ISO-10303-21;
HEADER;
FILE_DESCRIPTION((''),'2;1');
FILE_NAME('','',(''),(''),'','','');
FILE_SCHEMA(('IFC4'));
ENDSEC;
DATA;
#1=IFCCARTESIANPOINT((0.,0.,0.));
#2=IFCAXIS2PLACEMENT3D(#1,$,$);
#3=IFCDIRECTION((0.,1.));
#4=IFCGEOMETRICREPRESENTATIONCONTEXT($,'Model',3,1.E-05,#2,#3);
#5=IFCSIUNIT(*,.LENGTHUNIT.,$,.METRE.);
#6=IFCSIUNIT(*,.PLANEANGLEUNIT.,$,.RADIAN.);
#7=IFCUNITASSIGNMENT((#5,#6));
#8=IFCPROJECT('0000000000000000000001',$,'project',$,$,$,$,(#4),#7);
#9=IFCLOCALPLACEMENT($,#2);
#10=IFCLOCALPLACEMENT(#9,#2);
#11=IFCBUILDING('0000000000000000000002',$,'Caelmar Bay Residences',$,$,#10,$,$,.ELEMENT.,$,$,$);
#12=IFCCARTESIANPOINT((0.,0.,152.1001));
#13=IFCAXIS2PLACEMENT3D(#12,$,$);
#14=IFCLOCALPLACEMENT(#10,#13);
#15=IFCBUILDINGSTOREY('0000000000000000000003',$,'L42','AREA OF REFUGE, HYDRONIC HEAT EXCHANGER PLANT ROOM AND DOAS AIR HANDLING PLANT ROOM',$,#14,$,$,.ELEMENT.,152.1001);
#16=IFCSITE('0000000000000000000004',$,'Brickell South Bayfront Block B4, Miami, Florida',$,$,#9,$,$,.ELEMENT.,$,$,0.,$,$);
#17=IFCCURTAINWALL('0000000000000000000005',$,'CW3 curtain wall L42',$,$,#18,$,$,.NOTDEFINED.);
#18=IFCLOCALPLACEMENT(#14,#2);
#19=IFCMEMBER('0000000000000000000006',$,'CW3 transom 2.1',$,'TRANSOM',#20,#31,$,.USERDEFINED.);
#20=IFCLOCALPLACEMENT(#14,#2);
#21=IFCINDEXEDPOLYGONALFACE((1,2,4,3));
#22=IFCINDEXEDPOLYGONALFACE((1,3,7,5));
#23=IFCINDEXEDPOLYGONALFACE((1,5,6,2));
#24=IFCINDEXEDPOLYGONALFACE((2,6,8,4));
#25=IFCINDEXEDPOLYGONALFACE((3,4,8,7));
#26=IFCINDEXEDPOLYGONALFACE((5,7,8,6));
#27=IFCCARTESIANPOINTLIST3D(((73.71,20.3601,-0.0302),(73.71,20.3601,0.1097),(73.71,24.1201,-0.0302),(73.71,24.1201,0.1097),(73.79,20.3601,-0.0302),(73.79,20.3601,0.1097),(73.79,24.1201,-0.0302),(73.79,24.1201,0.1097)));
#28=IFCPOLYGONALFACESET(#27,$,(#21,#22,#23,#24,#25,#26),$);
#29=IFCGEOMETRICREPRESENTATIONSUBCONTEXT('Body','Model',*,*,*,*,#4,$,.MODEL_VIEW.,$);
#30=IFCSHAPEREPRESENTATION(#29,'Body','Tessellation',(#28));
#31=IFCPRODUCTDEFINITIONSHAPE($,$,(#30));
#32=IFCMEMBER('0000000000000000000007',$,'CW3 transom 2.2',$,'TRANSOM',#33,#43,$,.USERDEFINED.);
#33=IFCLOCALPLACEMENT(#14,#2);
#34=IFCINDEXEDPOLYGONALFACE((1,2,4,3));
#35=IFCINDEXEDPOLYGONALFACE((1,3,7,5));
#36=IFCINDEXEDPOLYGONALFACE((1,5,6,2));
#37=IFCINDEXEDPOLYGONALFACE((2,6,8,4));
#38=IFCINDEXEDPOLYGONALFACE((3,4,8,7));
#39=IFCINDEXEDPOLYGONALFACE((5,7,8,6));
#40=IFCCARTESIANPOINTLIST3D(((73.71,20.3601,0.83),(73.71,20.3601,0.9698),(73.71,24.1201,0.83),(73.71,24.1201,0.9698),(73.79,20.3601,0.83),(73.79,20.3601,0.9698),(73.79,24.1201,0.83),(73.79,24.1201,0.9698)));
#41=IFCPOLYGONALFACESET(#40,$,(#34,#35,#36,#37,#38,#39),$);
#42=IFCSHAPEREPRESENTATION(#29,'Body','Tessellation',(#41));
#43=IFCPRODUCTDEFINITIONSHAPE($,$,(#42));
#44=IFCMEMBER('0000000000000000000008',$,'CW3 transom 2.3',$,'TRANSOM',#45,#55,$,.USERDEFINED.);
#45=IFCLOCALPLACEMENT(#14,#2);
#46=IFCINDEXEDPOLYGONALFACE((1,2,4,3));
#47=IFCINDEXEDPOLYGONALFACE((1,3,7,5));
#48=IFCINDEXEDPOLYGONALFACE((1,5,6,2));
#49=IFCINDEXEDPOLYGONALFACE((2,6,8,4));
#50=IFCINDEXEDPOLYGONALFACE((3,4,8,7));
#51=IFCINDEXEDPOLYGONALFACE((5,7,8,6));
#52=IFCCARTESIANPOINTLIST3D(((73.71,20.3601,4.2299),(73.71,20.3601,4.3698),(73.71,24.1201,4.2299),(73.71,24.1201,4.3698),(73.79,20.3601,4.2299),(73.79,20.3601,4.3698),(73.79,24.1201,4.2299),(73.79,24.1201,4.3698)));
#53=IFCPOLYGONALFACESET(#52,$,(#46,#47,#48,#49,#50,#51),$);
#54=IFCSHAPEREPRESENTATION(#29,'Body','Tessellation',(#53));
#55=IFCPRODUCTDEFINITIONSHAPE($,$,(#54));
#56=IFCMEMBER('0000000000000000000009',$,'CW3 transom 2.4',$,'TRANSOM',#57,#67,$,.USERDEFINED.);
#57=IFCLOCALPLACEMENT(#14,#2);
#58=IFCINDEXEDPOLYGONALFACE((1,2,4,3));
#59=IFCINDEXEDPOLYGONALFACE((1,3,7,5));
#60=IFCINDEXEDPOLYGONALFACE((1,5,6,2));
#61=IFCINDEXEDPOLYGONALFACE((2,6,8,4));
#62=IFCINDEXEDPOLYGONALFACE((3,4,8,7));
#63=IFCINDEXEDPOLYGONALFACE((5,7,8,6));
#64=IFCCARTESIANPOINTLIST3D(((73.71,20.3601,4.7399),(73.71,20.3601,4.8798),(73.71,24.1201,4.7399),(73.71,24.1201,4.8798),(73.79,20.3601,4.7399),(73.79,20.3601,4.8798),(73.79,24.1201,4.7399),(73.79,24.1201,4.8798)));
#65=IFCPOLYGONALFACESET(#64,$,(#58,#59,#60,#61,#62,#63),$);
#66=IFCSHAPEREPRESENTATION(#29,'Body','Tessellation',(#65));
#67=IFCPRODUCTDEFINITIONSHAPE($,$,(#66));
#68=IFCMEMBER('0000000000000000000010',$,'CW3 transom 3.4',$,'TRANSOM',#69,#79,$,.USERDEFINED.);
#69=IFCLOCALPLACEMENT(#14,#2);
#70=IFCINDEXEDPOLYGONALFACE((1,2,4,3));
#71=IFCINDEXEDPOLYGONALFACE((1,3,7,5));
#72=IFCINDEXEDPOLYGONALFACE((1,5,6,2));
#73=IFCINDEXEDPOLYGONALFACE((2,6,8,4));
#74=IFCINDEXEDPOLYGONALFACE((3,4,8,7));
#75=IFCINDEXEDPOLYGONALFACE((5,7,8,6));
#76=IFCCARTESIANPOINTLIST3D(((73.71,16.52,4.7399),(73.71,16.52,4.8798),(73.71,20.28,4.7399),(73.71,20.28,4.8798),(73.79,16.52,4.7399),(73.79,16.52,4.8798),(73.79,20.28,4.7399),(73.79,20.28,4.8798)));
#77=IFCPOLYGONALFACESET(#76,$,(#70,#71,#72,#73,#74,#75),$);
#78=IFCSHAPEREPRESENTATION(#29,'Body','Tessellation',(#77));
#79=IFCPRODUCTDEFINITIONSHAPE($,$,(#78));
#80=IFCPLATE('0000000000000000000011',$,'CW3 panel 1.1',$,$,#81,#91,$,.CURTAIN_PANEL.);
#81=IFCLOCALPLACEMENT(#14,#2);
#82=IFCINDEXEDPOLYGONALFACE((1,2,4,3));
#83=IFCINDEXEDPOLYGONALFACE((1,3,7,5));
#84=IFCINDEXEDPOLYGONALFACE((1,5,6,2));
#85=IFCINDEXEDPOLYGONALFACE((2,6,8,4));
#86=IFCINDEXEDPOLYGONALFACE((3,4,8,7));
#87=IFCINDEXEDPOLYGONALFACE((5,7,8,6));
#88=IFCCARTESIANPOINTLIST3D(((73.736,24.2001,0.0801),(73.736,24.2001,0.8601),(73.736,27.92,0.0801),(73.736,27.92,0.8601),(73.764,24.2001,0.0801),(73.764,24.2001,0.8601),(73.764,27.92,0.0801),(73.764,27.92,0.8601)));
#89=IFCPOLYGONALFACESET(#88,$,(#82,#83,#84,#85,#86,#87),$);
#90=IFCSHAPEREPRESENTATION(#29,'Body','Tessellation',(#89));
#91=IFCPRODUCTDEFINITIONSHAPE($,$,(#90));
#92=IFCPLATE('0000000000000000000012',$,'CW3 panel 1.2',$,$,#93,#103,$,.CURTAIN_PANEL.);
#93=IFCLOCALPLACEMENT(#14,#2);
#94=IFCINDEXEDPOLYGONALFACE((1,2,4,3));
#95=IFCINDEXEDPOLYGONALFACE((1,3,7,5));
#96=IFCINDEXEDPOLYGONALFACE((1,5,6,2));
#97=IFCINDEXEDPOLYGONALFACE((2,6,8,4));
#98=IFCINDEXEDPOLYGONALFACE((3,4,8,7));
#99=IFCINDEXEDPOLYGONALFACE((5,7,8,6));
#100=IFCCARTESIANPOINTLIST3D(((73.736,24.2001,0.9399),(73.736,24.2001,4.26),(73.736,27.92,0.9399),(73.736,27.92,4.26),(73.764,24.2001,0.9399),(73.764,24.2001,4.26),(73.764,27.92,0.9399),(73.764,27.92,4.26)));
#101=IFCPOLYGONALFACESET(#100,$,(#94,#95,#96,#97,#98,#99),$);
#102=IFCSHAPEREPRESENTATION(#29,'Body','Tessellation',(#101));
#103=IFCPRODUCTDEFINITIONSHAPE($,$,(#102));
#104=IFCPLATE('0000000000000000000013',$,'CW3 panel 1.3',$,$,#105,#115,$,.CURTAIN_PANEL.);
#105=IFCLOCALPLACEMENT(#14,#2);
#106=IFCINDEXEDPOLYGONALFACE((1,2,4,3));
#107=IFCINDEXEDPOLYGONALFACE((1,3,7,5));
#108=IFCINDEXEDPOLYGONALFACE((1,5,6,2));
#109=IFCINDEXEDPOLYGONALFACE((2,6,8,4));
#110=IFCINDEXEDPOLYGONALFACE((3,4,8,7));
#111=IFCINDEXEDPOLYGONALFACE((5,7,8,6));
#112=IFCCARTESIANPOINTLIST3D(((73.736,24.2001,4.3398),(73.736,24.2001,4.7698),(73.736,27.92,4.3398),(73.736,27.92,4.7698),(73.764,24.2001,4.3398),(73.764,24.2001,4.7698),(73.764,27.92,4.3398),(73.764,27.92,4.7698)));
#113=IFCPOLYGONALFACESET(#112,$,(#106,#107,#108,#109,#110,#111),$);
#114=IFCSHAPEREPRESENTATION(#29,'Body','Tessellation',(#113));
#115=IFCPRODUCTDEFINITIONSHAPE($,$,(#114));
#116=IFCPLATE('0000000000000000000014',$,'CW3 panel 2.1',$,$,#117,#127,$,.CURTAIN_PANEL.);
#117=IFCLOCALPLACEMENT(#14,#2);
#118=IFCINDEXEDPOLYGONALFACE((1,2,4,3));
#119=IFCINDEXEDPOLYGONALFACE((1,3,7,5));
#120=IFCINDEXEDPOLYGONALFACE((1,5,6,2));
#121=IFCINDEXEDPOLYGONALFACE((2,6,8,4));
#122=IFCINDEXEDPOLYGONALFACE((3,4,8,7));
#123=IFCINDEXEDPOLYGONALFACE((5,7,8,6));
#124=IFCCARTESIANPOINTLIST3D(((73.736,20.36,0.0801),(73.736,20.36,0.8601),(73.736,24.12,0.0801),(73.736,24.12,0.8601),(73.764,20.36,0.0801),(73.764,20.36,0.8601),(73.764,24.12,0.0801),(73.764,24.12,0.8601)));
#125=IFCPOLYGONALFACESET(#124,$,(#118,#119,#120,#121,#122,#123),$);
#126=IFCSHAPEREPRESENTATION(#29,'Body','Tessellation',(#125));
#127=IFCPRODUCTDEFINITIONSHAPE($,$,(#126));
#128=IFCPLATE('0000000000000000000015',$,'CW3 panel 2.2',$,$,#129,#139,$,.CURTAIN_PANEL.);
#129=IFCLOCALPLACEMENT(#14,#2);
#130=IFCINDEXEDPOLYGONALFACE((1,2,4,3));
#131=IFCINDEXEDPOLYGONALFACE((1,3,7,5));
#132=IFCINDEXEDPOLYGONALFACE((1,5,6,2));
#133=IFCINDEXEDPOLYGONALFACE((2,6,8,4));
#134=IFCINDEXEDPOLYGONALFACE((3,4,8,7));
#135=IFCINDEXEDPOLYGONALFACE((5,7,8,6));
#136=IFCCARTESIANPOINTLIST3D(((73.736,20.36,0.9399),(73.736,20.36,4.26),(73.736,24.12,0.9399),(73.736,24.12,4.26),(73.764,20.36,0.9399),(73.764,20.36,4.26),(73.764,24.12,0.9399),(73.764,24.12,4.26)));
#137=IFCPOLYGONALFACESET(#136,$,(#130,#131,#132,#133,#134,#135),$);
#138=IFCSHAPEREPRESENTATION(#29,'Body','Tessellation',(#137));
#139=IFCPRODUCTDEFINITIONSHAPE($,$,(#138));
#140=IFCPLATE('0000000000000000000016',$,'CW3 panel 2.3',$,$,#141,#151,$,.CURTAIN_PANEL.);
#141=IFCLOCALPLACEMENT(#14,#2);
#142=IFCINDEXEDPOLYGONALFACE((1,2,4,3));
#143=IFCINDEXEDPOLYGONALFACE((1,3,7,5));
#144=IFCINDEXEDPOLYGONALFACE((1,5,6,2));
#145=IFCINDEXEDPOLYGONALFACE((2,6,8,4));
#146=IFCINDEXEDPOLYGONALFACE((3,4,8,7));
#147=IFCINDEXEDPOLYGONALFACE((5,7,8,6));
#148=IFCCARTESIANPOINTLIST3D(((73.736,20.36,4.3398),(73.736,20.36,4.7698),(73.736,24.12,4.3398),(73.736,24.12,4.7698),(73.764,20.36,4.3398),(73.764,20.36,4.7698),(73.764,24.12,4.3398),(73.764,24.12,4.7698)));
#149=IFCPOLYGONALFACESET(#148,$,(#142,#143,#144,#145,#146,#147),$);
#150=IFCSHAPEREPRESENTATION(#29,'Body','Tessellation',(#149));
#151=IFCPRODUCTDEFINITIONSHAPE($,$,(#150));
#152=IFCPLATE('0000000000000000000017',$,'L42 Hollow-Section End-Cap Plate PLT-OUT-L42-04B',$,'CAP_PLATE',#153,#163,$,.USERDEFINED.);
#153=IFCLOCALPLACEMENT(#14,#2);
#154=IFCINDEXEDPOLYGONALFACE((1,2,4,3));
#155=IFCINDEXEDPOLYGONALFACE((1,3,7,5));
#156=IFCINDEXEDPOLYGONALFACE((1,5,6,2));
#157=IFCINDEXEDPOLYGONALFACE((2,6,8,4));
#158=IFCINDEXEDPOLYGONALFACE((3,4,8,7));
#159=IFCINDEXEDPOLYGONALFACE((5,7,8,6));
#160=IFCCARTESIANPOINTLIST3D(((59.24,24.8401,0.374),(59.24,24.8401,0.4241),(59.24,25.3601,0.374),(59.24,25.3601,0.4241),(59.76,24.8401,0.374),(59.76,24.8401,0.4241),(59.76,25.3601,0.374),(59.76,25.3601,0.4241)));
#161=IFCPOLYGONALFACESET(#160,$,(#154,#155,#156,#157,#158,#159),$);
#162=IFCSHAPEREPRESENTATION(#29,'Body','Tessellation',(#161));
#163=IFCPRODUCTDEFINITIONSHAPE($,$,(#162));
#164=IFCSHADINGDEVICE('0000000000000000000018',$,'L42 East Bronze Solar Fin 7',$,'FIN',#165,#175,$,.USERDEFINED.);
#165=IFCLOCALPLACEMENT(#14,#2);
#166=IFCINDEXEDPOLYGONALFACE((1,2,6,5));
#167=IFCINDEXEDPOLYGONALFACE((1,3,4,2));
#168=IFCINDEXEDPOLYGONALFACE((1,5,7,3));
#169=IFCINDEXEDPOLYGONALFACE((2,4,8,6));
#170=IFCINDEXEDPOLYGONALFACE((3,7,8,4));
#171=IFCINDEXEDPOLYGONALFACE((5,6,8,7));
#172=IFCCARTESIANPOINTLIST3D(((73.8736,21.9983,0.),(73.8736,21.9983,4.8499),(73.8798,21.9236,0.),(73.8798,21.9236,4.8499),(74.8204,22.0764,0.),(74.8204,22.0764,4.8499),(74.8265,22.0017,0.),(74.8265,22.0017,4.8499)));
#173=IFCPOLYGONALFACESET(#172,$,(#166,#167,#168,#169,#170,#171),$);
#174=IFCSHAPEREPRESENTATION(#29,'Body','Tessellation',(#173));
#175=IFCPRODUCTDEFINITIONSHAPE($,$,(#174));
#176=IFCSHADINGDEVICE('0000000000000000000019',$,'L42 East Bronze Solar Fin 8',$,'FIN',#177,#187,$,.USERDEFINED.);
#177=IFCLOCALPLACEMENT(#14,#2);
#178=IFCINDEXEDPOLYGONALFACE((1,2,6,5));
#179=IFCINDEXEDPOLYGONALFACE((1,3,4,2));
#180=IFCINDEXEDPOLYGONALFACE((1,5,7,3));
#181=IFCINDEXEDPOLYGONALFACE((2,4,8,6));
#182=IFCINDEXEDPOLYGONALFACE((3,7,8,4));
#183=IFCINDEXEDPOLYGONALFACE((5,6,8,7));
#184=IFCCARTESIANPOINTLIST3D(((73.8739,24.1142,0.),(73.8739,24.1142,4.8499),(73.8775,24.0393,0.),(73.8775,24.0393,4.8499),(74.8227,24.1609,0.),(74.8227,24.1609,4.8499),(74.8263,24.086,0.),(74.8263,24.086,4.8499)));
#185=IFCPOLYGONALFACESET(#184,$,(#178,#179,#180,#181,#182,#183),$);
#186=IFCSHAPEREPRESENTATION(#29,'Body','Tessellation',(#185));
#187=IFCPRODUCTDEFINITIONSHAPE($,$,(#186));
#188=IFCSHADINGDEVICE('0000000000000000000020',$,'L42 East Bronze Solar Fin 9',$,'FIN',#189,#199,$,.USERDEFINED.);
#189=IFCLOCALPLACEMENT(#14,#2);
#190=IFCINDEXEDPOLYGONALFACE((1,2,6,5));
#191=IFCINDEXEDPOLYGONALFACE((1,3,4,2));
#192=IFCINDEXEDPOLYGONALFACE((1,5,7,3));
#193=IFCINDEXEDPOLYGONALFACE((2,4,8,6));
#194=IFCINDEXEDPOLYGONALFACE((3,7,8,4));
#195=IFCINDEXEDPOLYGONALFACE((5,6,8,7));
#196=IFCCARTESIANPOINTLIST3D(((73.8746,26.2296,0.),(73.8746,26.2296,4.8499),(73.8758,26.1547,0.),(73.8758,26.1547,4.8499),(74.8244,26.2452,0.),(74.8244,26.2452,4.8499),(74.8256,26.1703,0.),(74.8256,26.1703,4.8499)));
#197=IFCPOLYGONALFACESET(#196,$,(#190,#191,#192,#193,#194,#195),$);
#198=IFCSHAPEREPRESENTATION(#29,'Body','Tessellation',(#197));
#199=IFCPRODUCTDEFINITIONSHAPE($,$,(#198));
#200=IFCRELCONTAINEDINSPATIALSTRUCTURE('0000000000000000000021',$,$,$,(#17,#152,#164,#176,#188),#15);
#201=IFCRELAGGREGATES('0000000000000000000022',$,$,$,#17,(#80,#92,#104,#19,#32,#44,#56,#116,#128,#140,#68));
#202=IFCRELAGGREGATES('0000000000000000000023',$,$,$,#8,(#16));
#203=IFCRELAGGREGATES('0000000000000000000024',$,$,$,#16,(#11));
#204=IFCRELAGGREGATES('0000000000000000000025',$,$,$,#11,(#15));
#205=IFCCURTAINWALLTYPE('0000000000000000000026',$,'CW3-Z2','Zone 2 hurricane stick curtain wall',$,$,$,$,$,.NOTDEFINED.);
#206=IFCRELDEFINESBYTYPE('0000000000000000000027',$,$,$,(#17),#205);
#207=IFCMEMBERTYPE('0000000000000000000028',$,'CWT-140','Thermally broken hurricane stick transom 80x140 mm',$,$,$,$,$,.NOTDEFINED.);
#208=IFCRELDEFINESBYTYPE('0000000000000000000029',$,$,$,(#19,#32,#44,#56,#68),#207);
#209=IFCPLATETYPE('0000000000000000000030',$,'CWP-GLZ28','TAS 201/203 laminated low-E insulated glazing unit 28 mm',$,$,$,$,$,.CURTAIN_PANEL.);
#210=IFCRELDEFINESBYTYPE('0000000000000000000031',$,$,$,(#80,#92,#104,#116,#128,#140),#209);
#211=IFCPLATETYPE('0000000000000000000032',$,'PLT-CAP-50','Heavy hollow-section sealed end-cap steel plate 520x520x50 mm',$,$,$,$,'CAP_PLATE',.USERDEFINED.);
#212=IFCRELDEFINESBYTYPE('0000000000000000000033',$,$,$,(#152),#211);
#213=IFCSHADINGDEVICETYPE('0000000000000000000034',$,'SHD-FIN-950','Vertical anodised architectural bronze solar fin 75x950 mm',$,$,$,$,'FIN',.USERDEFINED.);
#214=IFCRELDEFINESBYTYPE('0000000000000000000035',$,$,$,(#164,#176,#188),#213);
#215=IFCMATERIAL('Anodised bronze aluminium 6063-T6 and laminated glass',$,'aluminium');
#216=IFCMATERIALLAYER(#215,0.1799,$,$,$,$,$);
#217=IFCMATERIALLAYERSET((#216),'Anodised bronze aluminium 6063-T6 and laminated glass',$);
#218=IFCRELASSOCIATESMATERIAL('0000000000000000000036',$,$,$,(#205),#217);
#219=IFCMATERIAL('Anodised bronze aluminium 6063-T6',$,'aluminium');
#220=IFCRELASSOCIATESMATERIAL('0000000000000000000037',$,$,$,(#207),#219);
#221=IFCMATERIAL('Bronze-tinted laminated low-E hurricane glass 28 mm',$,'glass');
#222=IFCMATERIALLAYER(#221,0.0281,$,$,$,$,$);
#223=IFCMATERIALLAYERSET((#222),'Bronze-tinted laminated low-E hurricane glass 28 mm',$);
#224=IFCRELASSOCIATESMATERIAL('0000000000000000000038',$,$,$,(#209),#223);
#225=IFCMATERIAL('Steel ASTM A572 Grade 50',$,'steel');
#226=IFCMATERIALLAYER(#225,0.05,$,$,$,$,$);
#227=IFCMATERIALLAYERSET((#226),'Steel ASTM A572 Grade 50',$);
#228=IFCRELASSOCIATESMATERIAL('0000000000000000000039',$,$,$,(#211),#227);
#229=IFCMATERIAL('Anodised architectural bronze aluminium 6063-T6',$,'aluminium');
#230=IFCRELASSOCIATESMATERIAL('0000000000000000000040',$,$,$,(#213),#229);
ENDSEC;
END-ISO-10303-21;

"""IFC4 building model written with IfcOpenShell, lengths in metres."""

from ifc_helpers import new_model, si_unit, direction, frame, origin, origin_2d, place, context, subcontext, project, spatial, rectangle, extrude, material, layer, layer_set, material_profile, profile_set, type_object, element, aggregate, save


model = new_model("IFC4")

# Units and contexts
model_context = context("Model", 3, precision=1e-05, world=origin(), true_north=direction((0.0, 1.0)))
body_context = subcontext(model_context, "Body", "Model", "MODEL_VIEW")
ifc_project = project(units=[si_unit("LENGTHUNIT", "METRE"), si_unit("PLANEANGLEUNIT", "RADIAN")], contexts=[model_context])

# Site, building, storey
site_placement = place(None, origin())
site = spatial("IfcSite", under=ifc_project, at=site_placement, Name="Brickell South Bayfront Block B4, Miami, Florida", CompositionType="ELEMENT", RefElevation=0.0)
building_placement = place(site_placement, origin())
building = spatial("IfcBuilding", under=site, at=building_placement, Name="Caelmar Bay Residences", CompositionType="ELEMENT")
storey_placement = place(building_placement, frame((0.0, 0.0, 152.1001)))
storey = spatial("IfcBuildingStorey", under=building, at=storey_placement, Name="L42", Description="AREA OF REFUGE, HYDRONIC HEAT EXCHANGER PLANT ROOM AND DOAS AIR HANDLING PLANT ROOM", CompositionType="ELEMENT", Elevation=152.1001)

# Curtain wall, members, plates
ifc_material_1 = material(Name="Anodised bronze aluminium 6063-T6 and laminated glass", Category="aluminium")
ifc_layer_1 = layer(ifc_material_1, 0.1799)
ifc_layer_set_1 = layer_set([ifc_layer_1], Name="Anodised bronze aluminium 6063-T6 and laminated glass")
curtain_wall_type = type_object("IfcCurtainWallType", Name="CW3-Z2", Description="Zone 2 hurricane stick curtain wall", PredefinedType="NOTDEFINED", material=ifc_layer_set_1)
curtain_wall_placement = place(storey_placement, origin())
curtain_wall = element("IfcCurtainWall", 1, at=curtain_wall_placement, inside=storey, type_object=curtain_wall_type, Name="CW3 curtain wall L42", PredefinedType="NOTDEFINED")
ifc_material_2 = material(Name="Anodised bronze aluminium 6063-T6", Category="aluminium")
ifc_material_profile_1 = material_profile(ifc_material_2, rectangle(XDim=0.0801, YDim=0.1399, at=origin_2d()), Name="CWT-80X140")
ifc_profile_set_1 = profile_set([ifc_material_profile_1], Name="Anodised bronze aluminium 6063-T6")
member_type_1 = type_object("IfcMemberType", Name="CWT-140", Description="Thermally broken hurricane stick transom 80x140 mm", PredefinedType="NOTDEFINED", material=ifc_profile_set_1)
member_1_placement = place(storey_placement, frame((73.75, 24.1201, 0.0398), z_axis=(0.0, -1.0, 0.0), x_axis=(1.0, 0.0, 0.0)))
member_1 = element("IfcMember", 2, at=member_1_placement, type_object=member_type_1, Name="CW3 transom 2.1", ObjectType="TRANSOM", PredefinedType="USERDEFINED", context=body_context, shape_type="SweptSolid", body=[
    extrude(rectangle(XDim=0.0801, YDim=0.1399, at=origin_2d()), origin(), (0.0, 0.0, 1.0), 3.76),
])
member_2_placement = place(storey_placement, frame((73.75, 24.1201, 0.8999), z_axis=(0.0, -1.0, 0.0), x_axis=(1.0, 0.0, 0.0)))
member_2 = element("IfcMember", 3, at=member_2_placement, type_object=member_type_1, Name="CW3 transom 2.2", ObjectType="TRANSOM", PredefinedType="USERDEFINED", context=body_context, shape_type="SweptSolid", body=[
    extrude(rectangle(XDim=0.0801, YDim=0.1399, at=origin_2d()), origin(), (0.0, 0.0, 1.0), 3.76),
])
member_3_placement = place(storey_placement, frame((73.75, 24.1201, 4.2998), z_axis=(0.0, -1.0, 0.0), x_axis=(1.0, 0.0, 0.0)))
member_3 = element("IfcMember", 4, at=member_3_placement, type_object=member_type_1, Name="CW3 transom 2.3", ObjectType="TRANSOM", PredefinedType="USERDEFINED", context=body_context, shape_type="SweptSolid", body=[
    extrude(rectangle(XDim=0.0801, YDim=0.1399, at=origin_2d()), origin(), (0.0, 0.0, 1.0), 3.76),
])
member_4_placement = place(storey_placement, frame((73.75, 24.1201, 4.8098), z_axis=(0.0, -1.0, 0.0), x_axis=(1.0, 0.0, 0.0)))
member_4 = element("IfcMember", 5, at=member_4_placement, type_object=member_type_1, Name="CW3 transom 2.4", ObjectType="TRANSOM", PredefinedType="USERDEFINED", context=body_context, shape_type="SweptSolid", body=[
    extrude(rectangle(XDim=0.0801, YDim=0.1399, at=origin_2d()), origin(), (0.0, 0.0, 1.0), 3.76),
])
member_5_placement = place(storey_placement, frame((73.75, 20.28, 4.8098), z_axis=(0.0, -1.0, 0.0), x_axis=(1.0, 0.0, 0.0)))
member_5 = element("IfcMember", 6, at=member_5_placement, type_object=member_type_1, Name="CW3 transom 3.4", ObjectType="TRANSOM", PredefinedType="USERDEFINED", context=body_context, shape_type="SweptSolid", body=[
    extrude(rectangle(XDim=0.0801, YDim=0.1399, at=origin_2d()), origin(), (0.0, 0.0, 1.0), 3.76),
])
ifc_material_3 = material(Name="Bronze-tinted laminated low-E hurricane glass 28 mm", Category="glass")
ifc_layer_2 = layer(ifc_material_3, 0.0281)
ifc_layer_set_2 = layer_set([ifc_layer_2], Name="Bronze-tinted laminated low-E hurricane glass 28 mm")
plate_type_1 = type_object("IfcPlateType", Name="CWP-GLZ28", Description="TAS 201/203 laminated low-E insulated glazing unit 28 mm", PredefinedType="CURTAIN_PANEL", material=ifc_layer_set_2)
plate_1_placement = place(storey_placement, frame((73.75, 26.0601, 0.0801), z_axis=(0.0, 0.0, 1.0), x_axis=(0.0, -1.0, 0.0)))
plate_1 = element("IfcPlate", 7, at=plate_1_placement, type_object=plate_type_1, Name="CW3 panel 1.1", PredefinedType="CURTAIN_PANEL", context=body_context, shape_type="SweptSolid", body=[
    extrude(rectangle(XDim=3.72, YDim=0.0281, at=origin_2d()), origin(), (0.0, 0.0, 1.0), 0.78),
])
plate_2_placement = place(storey_placement, frame((73.75, 26.0601, 0.9399), z_axis=(0.0, 0.0, 1.0), x_axis=(0.0, -1.0, 0.0)))
plate_2 = element("IfcPlate", 8, at=plate_2_placement, type_object=plate_type_1, Name="CW3 panel 1.2", PredefinedType="CURTAIN_PANEL", context=body_context, shape_type="SweptSolid", body=[
    extrude(rectangle(XDim=3.72, YDim=0.0281, at=origin_2d()), origin(), (0.0, 0.0, 1.0), 3.3201),
])
plate_3_placement = place(storey_placement, frame((73.75, 26.0601, 4.3398), z_axis=(0.0, 0.0, 1.0), x_axis=(0.0, -1.0, 0.0)))
plate_3 = element("IfcPlate", 9, at=plate_3_placement, type_object=plate_type_1, Name="CW3 panel 1.3", PredefinedType="CURTAIN_PANEL", context=body_context, shape_type="SweptSolid", body=[
    extrude(rectangle(XDim=3.72, YDim=0.0281, at=origin_2d()), origin(), (0.0, 0.0, 1.0), 0.4299),
])
plate_4_placement = place(storey_placement, frame((73.75, 22.24, 0.0801), z_axis=(0.0, 0.0, 1.0), x_axis=(0.0, -1.0, 0.0)))
plate_4 = element("IfcPlate", 10, at=plate_4_placement, type_object=plate_type_1, Name="CW3 panel 2.1", PredefinedType="CURTAIN_PANEL", context=body_context, shape_type="SweptSolid", body=[
    extrude(rectangle(XDim=3.76, YDim=0.0281, at=origin_2d()), origin(), (0.0, 0.0, 1.0), 0.78),
])
plate_5_placement = place(storey_placement, frame((73.75, 22.24, 0.9399), z_axis=(0.0, 0.0, 1.0), x_axis=(0.0, -1.0, 0.0)))
plate_5 = element("IfcPlate", 11, at=plate_5_placement, type_object=plate_type_1, Name="CW3 panel 2.2", PredefinedType="CURTAIN_PANEL", context=body_context, shape_type="SweptSolid", body=[
    extrude(rectangle(XDim=3.76, YDim=0.0281, at=origin_2d()), origin(), (0.0, 0.0, 1.0), 3.3201),
])
plate_6_placement = place(storey_placement, frame((73.75, 22.24, 4.3398), z_axis=(0.0, 0.0, 1.0), x_axis=(0.0, -1.0, 0.0)))
plate_6 = element("IfcPlate", 12, at=plate_6_placement, type_object=plate_type_1, Name="CW3 panel 2.3", PredefinedType="CURTAIN_PANEL", context=body_context, shape_type="SweptSolid", body=[
    extrude(rectangle(XDim=3.76, YDim=0.0281, at=origin_2d()), origin(), (0.0, 0.0, 1.0), 0.4299),
])
aggregate(curtain_wall, [plate_1, plate_2, plate_3, member_1, member_2, member_3, member_4, plate_4, plate_5, plate_6, member_5])

# Plate
ifc_material_4 = material(Name="Steel ASTM A572 Grade 50", Category="steel")
ifc_layer_3 = layer(ifc_material_4, 0.05)
ifc_layer_set_3 = layer_set([ifc_layer_3], Name="Steel ASTM A572 Grade 50")
plate_type_2 = type_object("IfcPlateType", Name="PLT-CAP-50", Description="Heavy hollow-section sealed end-cap steel plate 520x520x50 mm", ElementType="CAP_PLATE", PredefinedType="USERDEFINED", material=ifc_layer_set_3)
plate_7_placement = place(storey_placement, frame((59.5, 25.1001, 0.374), z_axis=(0.0, 0.0, 1.0), x_axis=(1.0, 0.0, 0.0)))
element("IfcPlate", 13, at=plate_7_placement, inside=storey, type_object=plate_type_2, Name="L42 Hollow-Section End-Cap Plate PLT-OUT-L42-04B", ObjectType="CAP_PLATE", PredefinedType="USERDEFINED", context=body_context, shape_type="SweptSolid", body=[
    extrude(rectangle(XDim=0.52, YDim=0.52, at=origin_2d()), origin(), (0.0, 0.0, 1.0), 0.05),
])

# Shading devices
ifc_material_5 = material(Name="Anodised architectural bronze aluminium 6063-T6", Category="aluminium")
ifc_material_profile_2 = material_profile(ifc_material_5, rectangle(XDim=0.075, YDim=0.95, at=origin_2d()), Name="BRONZE-FIN-75X950")
ifc_profile_set_2 = profile_set([ifc_material_profile_2], Name="Anodised architectural bronze aluminium 6063-T6")
shading_device_type = type_object("IfcShadingDeviceType", Name="SHD-FIN-950", Description="Vertical anodised architectural bronze solar fin 75x950 mm", ElementType="FIN", PredefinedType="USERDEFINED", material=ifc_profile_set_2)
for number, where, z_axis, x_axis, name in (
    (14, (74.3501, 22.0, 0.0), (0.0, 0.0, 1.0), (-0.082112, 0.996623, 0.0), "L42 East Bronze Solar Fin 7"),
    (15, (74.3501, 24.1001, 0.0), (0.0, 0.0, 1.0), (-0.049198, 0.998789, 0.0), "L42 East Bronze Solar Fin 8"),
    (16, (74.3501, 26.2, 0.0), (0.0, 0.0, 1.0), (-0.016405, 0.999865, 0.0), "L42 East Bronze Solar Fin 9"),
):
    element("IfcShadingDevice", number, at=place(storey_placement, frame(where, z_axis=z_axis, x_axis=x_axis)), inside=storey, type_object=shading_device_type, Name=name, ObjectType="FIN", PredefinedType="USERDEFINED", context=body_context, shape_type="SweptSolid", body=[
        extrude(rectangle(XDim=0.075, YDim=0.95, at=origin_2d()), origin(), (0.0, 0.0, 1.0), 4.8499),
    ])

save(model, "model.ifc")
